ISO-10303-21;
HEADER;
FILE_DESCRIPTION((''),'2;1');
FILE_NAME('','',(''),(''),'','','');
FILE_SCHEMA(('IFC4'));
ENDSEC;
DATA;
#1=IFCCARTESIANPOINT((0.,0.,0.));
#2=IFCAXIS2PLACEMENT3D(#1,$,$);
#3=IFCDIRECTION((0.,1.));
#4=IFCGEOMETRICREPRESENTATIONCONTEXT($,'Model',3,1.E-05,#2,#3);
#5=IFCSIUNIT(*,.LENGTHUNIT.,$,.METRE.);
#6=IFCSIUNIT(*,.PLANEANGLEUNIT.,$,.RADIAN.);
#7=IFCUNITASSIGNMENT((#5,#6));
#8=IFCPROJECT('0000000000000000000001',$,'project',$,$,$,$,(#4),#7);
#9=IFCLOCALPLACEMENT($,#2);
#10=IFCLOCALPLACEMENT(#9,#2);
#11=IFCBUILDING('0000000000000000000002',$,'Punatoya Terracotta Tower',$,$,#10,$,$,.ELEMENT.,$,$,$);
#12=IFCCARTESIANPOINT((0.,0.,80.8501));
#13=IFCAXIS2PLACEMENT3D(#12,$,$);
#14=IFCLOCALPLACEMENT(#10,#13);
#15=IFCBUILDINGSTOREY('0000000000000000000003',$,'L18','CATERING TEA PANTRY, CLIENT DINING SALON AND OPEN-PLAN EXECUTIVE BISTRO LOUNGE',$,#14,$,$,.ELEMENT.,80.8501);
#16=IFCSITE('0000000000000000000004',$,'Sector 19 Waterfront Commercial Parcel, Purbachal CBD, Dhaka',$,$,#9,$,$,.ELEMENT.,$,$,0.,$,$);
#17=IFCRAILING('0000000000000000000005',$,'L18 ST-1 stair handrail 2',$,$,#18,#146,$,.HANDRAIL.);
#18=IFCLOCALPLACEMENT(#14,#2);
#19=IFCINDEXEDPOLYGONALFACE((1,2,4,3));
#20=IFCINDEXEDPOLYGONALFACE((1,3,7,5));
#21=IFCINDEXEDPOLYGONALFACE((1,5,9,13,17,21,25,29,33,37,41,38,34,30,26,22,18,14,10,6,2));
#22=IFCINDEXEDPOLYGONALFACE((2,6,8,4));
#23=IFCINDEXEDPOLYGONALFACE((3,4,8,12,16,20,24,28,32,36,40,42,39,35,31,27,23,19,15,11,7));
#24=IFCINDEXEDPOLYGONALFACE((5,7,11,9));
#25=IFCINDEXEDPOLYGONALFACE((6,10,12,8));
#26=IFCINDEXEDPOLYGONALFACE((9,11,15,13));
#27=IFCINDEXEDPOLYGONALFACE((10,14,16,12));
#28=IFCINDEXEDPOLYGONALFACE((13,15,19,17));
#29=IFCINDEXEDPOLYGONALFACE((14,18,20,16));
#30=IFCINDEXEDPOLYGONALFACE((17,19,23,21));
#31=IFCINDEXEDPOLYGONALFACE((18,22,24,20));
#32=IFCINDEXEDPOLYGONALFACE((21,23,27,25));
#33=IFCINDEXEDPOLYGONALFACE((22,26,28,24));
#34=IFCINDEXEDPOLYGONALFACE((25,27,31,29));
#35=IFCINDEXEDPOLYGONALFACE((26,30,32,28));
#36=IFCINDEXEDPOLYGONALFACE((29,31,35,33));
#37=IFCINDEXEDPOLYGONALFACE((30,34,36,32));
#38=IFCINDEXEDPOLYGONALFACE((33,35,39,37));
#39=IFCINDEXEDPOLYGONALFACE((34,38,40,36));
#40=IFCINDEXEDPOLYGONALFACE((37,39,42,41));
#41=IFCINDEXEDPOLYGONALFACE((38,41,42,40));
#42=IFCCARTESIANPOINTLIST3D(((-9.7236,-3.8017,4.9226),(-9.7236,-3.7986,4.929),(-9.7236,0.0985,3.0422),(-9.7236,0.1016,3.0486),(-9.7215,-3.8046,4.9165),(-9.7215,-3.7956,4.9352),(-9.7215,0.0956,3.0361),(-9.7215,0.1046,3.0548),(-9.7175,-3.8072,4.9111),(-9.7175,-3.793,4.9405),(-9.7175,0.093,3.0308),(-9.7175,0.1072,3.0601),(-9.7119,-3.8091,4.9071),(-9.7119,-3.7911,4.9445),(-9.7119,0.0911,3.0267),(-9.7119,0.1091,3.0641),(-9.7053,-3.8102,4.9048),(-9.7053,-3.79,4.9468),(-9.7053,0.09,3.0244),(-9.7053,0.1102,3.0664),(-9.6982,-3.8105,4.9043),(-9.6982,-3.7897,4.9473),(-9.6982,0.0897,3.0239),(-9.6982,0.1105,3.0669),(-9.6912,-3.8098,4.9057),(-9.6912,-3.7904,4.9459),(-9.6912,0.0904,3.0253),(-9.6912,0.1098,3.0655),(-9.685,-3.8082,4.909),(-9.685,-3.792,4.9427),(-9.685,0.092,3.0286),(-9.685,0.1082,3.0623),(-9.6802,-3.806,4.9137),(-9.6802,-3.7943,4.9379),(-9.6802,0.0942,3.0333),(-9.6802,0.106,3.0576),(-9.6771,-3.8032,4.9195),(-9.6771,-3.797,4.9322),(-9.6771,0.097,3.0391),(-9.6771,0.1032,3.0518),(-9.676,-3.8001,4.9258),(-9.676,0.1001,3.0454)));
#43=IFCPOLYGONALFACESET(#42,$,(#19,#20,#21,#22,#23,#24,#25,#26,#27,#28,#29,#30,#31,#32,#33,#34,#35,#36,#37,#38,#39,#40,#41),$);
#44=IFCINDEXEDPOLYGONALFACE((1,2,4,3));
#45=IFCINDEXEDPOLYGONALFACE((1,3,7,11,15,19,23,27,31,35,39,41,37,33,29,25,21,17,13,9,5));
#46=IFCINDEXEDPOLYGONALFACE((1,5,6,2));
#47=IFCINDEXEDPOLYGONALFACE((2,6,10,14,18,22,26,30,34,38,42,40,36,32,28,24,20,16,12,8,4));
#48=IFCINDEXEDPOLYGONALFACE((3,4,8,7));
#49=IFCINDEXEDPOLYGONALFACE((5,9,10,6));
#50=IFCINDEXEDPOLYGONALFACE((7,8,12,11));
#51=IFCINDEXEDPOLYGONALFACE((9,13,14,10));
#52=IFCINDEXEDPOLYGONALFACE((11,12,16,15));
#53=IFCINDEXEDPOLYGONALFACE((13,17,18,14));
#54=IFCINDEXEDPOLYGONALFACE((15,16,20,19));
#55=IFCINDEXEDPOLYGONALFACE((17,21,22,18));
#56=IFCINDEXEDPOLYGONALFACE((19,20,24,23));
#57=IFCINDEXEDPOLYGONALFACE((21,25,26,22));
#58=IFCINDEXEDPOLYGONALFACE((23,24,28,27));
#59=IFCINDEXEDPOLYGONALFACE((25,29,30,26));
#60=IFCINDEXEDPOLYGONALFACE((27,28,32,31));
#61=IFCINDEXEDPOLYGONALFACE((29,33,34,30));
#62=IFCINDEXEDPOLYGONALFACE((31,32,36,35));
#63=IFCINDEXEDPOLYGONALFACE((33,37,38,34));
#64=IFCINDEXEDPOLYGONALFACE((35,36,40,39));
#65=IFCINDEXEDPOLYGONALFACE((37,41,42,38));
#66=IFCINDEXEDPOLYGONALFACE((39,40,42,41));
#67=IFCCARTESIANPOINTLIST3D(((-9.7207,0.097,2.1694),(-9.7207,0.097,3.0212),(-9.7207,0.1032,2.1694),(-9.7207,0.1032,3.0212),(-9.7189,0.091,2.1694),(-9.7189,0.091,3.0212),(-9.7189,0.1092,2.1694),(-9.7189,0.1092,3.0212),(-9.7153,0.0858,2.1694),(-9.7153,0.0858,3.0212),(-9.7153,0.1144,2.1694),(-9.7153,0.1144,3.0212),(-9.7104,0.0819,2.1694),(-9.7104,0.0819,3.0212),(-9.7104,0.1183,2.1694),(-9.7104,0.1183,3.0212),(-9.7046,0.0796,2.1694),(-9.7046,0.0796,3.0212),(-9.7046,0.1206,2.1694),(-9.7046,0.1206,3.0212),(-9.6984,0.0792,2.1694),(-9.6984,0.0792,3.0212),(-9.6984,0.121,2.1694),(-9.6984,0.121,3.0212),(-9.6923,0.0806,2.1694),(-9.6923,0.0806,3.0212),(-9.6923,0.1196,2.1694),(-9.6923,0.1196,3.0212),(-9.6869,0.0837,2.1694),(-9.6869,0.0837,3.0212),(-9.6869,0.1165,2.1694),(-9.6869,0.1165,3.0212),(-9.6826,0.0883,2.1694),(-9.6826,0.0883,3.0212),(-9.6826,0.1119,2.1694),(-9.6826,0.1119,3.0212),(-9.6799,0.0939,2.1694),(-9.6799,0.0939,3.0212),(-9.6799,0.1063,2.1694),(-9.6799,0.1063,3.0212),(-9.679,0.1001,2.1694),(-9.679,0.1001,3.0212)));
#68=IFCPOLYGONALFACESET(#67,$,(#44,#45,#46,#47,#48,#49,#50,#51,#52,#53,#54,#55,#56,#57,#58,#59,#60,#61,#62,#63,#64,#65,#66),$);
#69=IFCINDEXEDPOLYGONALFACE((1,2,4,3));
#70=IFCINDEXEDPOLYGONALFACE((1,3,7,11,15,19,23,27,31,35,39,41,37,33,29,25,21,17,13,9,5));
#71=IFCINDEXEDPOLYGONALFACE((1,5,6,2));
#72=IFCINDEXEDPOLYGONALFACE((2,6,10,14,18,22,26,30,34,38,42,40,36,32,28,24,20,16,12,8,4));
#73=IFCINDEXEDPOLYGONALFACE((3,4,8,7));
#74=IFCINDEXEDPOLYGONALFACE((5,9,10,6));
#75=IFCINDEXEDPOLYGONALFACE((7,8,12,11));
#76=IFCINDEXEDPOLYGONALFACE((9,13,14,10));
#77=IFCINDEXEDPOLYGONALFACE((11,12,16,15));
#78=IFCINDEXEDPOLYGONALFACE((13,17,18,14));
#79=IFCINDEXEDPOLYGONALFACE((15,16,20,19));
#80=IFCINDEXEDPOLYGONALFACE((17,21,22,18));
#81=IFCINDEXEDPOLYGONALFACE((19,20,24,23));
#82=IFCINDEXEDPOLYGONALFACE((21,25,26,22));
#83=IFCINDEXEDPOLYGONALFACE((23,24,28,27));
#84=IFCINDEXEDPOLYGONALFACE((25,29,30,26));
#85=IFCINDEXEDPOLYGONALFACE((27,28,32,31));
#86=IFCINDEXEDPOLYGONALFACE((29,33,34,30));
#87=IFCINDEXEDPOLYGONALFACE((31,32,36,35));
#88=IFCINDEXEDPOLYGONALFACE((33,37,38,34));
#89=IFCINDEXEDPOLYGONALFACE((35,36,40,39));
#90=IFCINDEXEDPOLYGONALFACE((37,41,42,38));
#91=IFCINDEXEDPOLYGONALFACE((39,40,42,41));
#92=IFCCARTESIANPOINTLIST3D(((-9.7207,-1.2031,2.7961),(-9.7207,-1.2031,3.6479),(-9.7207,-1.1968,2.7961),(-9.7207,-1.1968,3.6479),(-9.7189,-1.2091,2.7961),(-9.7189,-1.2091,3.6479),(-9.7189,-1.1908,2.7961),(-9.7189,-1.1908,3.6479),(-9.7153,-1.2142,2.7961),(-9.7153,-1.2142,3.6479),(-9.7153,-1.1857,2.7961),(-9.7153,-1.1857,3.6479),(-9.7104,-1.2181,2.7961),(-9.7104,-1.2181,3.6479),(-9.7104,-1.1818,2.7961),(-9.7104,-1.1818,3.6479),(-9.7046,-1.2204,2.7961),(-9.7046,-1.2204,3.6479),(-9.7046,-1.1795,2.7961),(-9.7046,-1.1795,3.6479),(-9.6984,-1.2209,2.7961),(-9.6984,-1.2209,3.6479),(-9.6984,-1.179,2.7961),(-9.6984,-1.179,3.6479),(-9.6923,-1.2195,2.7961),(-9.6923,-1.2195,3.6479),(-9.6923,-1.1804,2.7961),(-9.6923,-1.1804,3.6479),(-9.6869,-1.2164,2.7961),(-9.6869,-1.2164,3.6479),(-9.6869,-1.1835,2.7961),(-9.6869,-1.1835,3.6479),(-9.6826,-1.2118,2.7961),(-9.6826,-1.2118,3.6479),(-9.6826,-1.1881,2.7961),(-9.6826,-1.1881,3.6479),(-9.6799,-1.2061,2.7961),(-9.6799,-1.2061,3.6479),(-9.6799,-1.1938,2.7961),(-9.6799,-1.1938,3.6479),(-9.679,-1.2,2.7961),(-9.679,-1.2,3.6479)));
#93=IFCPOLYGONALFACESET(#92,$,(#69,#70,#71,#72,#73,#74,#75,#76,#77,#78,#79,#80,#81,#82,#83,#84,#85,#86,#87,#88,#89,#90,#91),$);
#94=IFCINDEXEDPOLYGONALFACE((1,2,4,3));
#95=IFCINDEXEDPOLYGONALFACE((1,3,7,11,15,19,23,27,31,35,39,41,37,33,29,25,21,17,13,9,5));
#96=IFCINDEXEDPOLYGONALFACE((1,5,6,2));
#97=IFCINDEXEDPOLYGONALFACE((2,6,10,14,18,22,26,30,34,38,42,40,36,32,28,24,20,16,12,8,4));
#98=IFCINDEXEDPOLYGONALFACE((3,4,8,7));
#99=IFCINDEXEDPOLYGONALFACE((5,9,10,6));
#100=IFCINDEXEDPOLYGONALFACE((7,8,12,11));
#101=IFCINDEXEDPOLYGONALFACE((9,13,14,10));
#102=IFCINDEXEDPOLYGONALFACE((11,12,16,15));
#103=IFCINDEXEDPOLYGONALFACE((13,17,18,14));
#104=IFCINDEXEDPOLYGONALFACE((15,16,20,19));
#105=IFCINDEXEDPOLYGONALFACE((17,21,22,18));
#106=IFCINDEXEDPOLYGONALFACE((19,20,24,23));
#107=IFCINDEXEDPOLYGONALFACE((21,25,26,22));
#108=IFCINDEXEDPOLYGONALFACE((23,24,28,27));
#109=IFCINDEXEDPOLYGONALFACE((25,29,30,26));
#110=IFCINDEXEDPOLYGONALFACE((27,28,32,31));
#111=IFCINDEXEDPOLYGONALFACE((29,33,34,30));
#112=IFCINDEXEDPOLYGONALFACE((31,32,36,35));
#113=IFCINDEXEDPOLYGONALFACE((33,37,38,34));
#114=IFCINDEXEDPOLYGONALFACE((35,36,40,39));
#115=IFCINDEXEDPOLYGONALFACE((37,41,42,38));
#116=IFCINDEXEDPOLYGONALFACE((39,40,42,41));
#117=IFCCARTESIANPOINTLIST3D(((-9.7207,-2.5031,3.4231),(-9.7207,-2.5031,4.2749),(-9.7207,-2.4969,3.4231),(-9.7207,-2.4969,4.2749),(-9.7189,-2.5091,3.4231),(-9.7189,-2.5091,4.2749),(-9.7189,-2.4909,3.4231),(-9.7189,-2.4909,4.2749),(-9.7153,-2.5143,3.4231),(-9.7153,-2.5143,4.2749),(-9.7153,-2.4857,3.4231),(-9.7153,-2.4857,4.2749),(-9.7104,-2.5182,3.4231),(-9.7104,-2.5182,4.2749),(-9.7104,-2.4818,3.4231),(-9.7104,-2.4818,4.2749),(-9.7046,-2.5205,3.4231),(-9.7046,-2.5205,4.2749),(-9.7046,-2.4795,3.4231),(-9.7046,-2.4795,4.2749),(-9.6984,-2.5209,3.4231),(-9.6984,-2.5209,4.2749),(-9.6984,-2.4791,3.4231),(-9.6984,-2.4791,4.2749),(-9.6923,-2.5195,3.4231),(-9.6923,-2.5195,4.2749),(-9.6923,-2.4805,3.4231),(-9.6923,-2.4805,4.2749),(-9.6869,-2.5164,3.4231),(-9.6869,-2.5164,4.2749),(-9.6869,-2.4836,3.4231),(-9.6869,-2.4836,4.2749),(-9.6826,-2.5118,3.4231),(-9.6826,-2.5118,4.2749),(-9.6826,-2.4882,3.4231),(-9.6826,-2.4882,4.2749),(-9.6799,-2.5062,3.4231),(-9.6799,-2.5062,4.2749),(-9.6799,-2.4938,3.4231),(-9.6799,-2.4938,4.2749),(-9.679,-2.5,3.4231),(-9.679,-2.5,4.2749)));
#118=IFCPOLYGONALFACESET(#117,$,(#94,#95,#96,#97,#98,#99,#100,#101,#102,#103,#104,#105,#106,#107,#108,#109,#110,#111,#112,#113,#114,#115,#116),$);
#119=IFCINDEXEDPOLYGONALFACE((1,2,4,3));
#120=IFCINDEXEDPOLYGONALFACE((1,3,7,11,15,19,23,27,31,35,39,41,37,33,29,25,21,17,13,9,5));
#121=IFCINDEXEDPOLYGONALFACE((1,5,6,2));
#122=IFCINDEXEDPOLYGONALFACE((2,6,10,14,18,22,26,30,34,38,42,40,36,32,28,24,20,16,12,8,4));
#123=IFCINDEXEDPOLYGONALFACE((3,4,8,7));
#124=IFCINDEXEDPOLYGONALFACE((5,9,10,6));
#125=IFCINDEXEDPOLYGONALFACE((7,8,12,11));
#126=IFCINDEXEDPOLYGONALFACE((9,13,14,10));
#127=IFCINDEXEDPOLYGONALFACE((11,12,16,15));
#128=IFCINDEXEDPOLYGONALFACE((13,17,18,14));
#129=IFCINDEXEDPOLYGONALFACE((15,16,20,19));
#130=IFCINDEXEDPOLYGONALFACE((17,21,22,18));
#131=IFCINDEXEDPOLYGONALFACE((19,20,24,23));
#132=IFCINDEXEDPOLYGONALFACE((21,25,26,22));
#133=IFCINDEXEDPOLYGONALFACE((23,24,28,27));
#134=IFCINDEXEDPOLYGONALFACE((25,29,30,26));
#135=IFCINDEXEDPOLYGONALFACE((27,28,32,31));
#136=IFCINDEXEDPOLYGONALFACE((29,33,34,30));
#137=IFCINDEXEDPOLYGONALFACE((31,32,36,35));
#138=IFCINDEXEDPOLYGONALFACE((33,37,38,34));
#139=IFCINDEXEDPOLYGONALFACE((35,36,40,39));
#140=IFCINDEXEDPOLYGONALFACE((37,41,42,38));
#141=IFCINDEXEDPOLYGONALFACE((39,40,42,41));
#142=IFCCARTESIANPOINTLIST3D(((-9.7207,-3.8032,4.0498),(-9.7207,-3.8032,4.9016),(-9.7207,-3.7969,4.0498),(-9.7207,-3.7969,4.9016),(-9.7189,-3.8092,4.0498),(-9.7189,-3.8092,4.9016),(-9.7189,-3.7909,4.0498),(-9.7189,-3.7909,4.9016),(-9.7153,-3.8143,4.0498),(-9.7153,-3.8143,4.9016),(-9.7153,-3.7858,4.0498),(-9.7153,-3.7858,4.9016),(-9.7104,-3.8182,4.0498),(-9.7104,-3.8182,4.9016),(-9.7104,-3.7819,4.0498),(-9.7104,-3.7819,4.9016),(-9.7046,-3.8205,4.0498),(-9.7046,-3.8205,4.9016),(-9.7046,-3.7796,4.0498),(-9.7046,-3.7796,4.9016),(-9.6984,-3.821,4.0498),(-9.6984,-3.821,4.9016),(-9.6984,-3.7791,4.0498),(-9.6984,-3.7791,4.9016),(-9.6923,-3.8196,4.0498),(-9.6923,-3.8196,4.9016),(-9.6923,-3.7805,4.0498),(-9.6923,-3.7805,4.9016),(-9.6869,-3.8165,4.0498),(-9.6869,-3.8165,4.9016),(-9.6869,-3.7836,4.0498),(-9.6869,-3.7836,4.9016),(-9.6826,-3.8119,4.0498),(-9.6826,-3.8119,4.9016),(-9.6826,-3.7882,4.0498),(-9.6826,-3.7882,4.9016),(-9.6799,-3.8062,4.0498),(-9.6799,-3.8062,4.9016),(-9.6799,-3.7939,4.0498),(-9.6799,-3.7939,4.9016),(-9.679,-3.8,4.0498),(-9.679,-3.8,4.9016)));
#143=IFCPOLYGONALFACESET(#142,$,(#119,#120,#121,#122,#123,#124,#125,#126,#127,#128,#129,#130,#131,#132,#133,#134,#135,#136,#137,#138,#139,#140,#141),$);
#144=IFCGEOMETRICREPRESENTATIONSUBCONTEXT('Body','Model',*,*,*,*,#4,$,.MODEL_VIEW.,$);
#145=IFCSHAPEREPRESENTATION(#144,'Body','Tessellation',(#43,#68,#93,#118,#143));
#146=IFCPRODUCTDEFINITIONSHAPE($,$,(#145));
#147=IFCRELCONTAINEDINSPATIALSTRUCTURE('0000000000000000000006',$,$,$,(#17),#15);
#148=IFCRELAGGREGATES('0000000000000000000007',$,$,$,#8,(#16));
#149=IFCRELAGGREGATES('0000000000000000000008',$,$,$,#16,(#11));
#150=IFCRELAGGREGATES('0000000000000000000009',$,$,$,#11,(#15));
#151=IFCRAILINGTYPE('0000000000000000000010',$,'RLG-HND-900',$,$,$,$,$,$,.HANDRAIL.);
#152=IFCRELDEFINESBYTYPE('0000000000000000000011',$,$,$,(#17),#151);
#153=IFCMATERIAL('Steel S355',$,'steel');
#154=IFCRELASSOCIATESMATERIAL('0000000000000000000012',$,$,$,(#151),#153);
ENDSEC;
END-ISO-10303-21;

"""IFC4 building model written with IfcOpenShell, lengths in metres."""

from ifc_helpers import new_model, si_unit, direction, frame, origin, origin_2d, place, context, subcontext, project, spatial, circle, extrude, material, type_object, element, save


model = new_model("IFC4")

# Units and contexts
model_context = context("Model", 3, precision=1e-05, world=origin(), true_north=direction((0.0, 1.0)))
body_context = subcontext(model_context, "Body", "Model", "MODEL_VIEW")
ifc_project = project(units=[si_unit("LENGTHUNIT", "METRE"), si_unit("PLANEANGLEUNIT", "RADIAN")], contexts=[model_context])

# Site, building, storey
site_placement = place(None, origin())
site = spatial("IfcSite", under=ifc_project, at=site_placement, Name="Sector 19 Waterfront Commercial Parcel, Purbachal CBD, Dhaka", CompositionType="ELEMENT", RefElevation=0.0)
building_placement = place(site_placement, origin())
building = spatial("IfcBuilding", under=site, at=building_placement, Name="Punatoya Terracotta Tower", CompositionType="ELEMENT")
storey_placement = place(building_placement, frame((0.0, 0.0, 80.8501)))
storey = spatial("IfcBuildingStorey", under=building, at=storey_placement, Name="L18", Description="CATERING TEA PANTRY, CLIENT DINING SALON AND OPEN-PLAN EXECUTIVE BISTRO LOUNGE", CompositionType="ELEMENT", Elevation=80.8501)

# Shared definitions
ifc_material_1 = material(Name="Steel S355", Category="steel")

# Railing
railing_type_1 = type_object("IfcRailingType", Name="RLG-HND-900", PredefinedType="HANDRAIL", material=ifc_material_1)
railing_1_placement = place(storey_placement, frame((-9.7, 0.1001, 2.1694)))
element("IfcRailing", 1, at=railing_1_placement, inside=storey, type_object=railing_type_1, Name="L18 ST-1 stair handrail 2", PredefinedType="HANDRAIL", context=body_context, shape_type="SweptSolid", body=[
    extrude(circle(Radius=0.0239, at=origin_2d()), frame((0.0, 0.0, 0.876), z_axis=(0.0, -0.900774, 0.434289), x_axis=(1.0, 0.0, 0.0)), (0.0, 0.0, 1.0), 4.3298),
    extrude(circle(Radius=0.021, at=origin_2d()), origin(), (0.0, 0.0, 1.0), 0.8518),
    extrude(circle(Radius=0.021, at=origin_2d()), frame((0.0, -1.3, 0.6267)), (0.0, 0.0, 1.0), 0.8518),
    extrude(circle(Radius=0.021, at=origin_2d()), frame((0.0, -2.6001, 1.2537)), (0.0, 0.0, 1.0), 0.8518),
    extrude(circle(Radius=0.021, at=origin_2d()), frame((0.0, -3.9001, 1.8804)), (0.0, 0.0, 1.0), 0.8518),
])

save(model, "model.ifc")
